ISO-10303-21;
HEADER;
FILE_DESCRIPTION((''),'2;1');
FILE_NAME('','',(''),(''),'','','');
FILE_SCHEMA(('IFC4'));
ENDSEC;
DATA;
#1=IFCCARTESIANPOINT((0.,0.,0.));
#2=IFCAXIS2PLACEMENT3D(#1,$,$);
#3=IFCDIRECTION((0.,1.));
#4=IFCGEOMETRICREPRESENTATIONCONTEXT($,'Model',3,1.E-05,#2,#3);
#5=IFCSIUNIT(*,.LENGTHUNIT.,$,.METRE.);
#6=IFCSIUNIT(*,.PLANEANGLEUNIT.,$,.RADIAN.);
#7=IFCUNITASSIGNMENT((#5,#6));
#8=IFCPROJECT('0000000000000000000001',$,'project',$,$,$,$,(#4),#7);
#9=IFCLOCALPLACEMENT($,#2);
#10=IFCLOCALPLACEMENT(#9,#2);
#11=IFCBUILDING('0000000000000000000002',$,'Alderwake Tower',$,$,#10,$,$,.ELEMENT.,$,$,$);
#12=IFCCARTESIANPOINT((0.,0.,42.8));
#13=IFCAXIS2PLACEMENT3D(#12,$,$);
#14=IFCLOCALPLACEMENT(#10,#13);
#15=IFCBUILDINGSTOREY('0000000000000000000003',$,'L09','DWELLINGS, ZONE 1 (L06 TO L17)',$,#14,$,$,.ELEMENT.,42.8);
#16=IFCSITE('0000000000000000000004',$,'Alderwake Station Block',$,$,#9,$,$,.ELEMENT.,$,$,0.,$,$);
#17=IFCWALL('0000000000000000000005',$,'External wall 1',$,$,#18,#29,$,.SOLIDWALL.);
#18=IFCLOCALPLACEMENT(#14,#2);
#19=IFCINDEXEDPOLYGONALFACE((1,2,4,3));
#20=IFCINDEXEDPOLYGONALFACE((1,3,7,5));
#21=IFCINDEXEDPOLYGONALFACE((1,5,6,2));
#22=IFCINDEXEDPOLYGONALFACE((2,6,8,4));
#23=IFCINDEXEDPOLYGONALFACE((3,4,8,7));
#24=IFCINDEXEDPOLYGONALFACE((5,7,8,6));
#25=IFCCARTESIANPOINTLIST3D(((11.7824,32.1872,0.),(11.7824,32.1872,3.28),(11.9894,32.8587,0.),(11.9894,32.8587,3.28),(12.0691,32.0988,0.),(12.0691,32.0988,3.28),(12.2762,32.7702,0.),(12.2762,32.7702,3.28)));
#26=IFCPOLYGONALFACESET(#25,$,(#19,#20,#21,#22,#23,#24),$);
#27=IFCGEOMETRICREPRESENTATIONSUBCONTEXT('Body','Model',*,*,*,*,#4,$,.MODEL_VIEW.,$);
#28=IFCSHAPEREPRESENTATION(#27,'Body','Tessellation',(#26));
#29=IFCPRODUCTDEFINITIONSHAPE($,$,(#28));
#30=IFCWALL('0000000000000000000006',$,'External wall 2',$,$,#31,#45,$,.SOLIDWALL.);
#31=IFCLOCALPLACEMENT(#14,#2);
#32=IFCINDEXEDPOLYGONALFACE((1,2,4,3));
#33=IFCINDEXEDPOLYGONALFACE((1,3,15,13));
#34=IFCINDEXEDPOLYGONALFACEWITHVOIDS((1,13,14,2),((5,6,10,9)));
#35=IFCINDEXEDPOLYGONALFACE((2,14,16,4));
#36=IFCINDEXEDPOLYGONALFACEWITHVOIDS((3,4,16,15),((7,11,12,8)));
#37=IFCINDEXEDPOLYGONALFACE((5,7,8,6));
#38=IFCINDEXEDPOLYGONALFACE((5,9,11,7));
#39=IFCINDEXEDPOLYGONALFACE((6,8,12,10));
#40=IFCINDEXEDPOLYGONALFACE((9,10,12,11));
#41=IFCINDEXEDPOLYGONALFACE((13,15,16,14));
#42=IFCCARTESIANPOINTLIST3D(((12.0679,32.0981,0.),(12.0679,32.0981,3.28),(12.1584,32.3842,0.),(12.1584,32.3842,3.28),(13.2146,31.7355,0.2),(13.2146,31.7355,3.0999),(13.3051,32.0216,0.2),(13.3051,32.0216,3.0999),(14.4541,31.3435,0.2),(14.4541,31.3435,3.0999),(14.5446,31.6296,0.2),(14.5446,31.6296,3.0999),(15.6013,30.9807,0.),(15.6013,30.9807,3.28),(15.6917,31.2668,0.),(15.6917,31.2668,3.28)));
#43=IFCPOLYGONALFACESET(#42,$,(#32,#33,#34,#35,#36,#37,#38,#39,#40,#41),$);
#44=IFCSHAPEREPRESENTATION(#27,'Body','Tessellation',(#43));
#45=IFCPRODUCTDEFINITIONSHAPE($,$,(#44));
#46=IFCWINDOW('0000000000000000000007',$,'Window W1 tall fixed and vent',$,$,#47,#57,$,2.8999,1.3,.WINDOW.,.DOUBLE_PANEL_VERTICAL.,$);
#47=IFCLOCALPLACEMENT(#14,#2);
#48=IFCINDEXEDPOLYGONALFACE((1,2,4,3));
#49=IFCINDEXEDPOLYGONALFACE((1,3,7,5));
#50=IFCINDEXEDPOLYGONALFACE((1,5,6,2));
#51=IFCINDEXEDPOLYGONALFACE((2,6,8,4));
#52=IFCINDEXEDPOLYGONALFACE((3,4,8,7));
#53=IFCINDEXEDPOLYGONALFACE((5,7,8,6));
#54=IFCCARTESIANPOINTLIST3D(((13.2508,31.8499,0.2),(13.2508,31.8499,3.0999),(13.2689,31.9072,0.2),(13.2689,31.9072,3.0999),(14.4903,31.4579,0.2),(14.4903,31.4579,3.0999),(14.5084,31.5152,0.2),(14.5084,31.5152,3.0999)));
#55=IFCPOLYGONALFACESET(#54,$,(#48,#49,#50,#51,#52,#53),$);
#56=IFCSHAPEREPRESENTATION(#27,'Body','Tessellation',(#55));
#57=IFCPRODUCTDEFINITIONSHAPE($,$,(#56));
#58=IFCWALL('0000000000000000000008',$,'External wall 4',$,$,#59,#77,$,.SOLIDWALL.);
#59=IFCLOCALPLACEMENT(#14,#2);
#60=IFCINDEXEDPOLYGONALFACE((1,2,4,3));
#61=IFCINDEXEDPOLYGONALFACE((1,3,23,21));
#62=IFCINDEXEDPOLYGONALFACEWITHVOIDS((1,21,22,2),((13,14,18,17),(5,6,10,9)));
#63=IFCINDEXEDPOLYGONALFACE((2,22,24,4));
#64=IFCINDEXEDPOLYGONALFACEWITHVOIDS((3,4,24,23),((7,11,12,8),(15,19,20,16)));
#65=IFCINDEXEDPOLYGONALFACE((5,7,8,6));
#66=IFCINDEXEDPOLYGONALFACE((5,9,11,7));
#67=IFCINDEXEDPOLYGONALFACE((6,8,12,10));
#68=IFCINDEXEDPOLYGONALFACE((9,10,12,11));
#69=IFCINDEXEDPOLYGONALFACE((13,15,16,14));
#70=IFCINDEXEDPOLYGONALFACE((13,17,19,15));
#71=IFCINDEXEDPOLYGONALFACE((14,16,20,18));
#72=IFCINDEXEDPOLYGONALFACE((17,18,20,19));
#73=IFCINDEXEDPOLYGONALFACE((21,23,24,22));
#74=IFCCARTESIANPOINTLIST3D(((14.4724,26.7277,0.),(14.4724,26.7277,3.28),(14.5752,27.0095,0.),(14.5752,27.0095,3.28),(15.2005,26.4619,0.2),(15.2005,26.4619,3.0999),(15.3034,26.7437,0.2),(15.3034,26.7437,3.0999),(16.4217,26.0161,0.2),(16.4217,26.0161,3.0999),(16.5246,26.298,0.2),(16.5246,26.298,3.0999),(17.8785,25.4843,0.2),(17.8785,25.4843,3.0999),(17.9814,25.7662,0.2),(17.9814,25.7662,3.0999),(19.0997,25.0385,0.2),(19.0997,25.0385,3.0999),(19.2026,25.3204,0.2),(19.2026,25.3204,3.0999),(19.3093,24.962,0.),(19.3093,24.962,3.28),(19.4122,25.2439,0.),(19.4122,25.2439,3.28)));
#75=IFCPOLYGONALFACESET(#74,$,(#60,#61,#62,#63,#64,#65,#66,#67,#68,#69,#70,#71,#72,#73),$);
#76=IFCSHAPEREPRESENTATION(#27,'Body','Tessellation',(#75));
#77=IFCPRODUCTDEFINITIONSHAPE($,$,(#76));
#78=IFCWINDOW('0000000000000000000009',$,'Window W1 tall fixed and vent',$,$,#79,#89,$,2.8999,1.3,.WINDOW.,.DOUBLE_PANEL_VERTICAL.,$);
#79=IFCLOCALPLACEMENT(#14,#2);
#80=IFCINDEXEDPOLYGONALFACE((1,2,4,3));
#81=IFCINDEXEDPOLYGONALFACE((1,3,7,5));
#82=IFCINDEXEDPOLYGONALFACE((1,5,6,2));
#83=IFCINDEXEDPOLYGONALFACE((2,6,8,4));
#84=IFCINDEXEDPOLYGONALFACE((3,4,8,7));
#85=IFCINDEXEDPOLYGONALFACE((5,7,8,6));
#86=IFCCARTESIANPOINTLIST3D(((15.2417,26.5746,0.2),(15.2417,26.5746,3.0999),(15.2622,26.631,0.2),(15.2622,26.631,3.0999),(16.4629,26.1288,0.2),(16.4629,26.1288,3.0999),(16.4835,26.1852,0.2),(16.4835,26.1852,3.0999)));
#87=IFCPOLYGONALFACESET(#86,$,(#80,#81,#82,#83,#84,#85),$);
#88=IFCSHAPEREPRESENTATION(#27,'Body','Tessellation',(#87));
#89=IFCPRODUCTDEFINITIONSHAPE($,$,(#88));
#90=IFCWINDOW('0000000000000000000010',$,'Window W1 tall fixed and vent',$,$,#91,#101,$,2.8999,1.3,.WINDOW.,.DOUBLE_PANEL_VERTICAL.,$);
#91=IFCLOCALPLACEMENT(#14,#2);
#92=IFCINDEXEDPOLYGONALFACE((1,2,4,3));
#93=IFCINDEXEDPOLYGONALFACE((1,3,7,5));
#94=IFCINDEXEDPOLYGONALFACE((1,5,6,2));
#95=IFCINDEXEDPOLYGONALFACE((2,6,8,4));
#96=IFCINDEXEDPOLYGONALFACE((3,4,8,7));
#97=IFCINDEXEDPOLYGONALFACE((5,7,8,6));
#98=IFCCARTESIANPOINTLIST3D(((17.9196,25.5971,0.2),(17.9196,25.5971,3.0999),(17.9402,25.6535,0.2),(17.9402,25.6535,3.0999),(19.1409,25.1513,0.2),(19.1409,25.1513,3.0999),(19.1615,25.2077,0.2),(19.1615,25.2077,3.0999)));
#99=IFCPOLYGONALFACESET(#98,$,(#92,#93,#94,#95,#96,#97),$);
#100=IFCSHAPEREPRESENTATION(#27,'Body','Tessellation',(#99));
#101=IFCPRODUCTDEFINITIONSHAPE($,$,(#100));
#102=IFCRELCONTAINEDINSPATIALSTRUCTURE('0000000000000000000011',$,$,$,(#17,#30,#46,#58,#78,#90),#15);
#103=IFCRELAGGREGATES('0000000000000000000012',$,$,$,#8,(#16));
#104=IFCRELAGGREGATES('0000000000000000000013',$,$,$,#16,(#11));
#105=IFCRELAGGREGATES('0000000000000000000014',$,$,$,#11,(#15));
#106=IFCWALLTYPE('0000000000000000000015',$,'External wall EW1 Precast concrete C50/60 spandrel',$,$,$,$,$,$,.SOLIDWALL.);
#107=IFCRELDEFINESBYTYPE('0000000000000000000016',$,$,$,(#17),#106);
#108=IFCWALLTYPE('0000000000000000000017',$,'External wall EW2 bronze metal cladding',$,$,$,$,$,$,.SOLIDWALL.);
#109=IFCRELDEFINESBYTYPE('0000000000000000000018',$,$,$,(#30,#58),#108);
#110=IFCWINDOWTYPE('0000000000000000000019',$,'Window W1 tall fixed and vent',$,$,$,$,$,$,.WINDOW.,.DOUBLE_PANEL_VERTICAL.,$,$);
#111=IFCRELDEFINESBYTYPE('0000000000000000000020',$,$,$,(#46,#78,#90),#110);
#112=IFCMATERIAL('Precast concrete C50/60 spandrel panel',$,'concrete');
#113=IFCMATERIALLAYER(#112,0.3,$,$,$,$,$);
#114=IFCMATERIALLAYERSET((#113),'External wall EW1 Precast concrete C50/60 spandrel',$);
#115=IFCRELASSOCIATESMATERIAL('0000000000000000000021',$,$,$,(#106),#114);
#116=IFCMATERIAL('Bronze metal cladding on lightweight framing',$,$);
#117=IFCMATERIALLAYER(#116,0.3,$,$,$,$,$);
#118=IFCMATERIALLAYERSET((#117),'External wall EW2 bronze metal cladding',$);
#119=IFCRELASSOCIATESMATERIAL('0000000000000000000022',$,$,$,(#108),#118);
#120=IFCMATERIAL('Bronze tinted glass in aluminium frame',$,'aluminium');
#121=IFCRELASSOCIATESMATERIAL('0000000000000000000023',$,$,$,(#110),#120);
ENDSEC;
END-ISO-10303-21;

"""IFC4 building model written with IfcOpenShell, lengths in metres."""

from ifc_helpers import new_model, si_unit, direction, frame, frame_2d, origin, place, context, subcontext, project, spatial, rectangle, extrude, material, layer, layer_set, type_object, element, fill, save


model = new_model("IFC4")

# Units and contexts
model_context = context("Model", 3, precision=1e-05, world=origin(), true_north=direction((0.0, 1.0)))
body_context = subcontext(model_context, "Body", "Model", "MODEL_VIEW")
ifc_project = project(units=[si_unit("LENGTHUNIT", "METRE"), si_unit("PLANEANGLEUNIT", "RADIAN")], contexts=[model_context])

# Site, building, storey
site_placement = place(None, origin())
site = spatial("IfcSite", under=ifc_project, at=site_placement, Name="Alderwake Station Block", CompositionType="ELEMENT", RefElevation=0.0)
building_placement = place(site_placement, origin())
building = spatial("IfcBuilding", under=site, at=building_placement, Name="Alderwake Tower", CompositionType="ELEMENT")
storey_placement = place(building_placement, frame((0.0, 0.0, 42.8)))
storey = spatial("IfcBuildingStorey", under=building, at=storey_placement, Name="L09", Description="DWELLINGS, ZONE 1 (L06 TO L17)", CompositionType="ELEMENT", Elevation=42.8)

# Wall
ifc_material_1 = material(Name="Precast concrete C50/60 spandrel panel", Category="concrete")
ifc_layer_1 = layer(ifc_material_1, 0.3)
ifc_layer_set_1 = layer_set([ifc_layer_1], Name="External wall EW1 Precast concrete C50/60 spandrel")
wall_type_1 = type_object("IfcWallType", Name="External wall EW1 Precast concrete C50/60 spandrel", PredefinedType="SOLIDWALL", material=ifc_layer_set_1)
wall_1_placement = place(storey_placement, frame((12.1328, 32.8145, 0.0), z_axis=(0.0, 0.0, 1.0), x_axis=(-0.294672, -0.955599, 0.0)))
element("IfcWall", 1, at=wall_1_placement, inside=storey, type_object=wall_type_1, Name="External wall 1", PredefinedType="SOLIDWALL", context=body_context, shape_type="SweptSolid", body=[
    extrude(rectangle(XDim=0.7026, YDim=0.3, at=frame_2d((0.3513, 0.0))), origin(), (0.0, 0.0, 1.0), 3.28),
])

# Wall, opening, window
ifc_material_2 = material(Name="Bronze metal cladding on lightweight framing")
ifc_layer_2 = layer(ifc_material_2, 0.3)
ifc_layer_set_2 = layer_set([ifc_layer_2], Name="External wall EW2 bronze metal cladding")
wall_type_2 = type_object("IfcWallType", Name="External wall EW2 bronze metal cladding", PredefinedType="SOLIDWALL", material=ifc_layer_set_2)
wall_2_placement = place(storey_placement, frame((12.113, 32.2412, 0.0), z_axis=(0.0, 0.0, 1.0), x_axis=(0.953458, -0.301525, 0.0)))
wall_2 = element("IfcWall", 2, at=wall_2_placement, inside=storey, type_object=wall_type_2, Name="External wall 2", PredefinedType="SOLIDWALL", context=body_context, shape_type="SweptSolid", body=[
    extrude(rectangle(XDim=3.7058, YDim=0.3, at=frame_2d((1.853, 0.0))), origin(), (0.0, 0.0, 1.0), 3.28),
])
opening_1_placement = place(wall_2_placement, frame((1.2029, 0.0, 0.2)))
opening_1 = element("IfcOpeningElement", 3, at=opening_1_placement, cuts=wall_2, PredefinedType="OPENING", context=body_context, shape_type="SweptSolid", body=[
    extrude(rectangle(XDim=1.3, YDim=2.8999, at=frame_2d((0.6499, 1.45))), frame((0.0, 0.1599, 0.0), z_axis=(0.0, -1.0, 0.0), x_axis=(1.0, 0.0, 0.0)), (0.0, 0.0, 1.0), 0.3201),
])
ifc_material_3 = material(Name="Bronze tinted glass in aluminium frame", Category="aluminium")
window_type = type_object("IfcWindowType", Name="Window W1 tall fixed and vent", PartitioningType="DOUBLE_PANEL_VERTICAL", PredefinedType="WINDOW", material=ifc_material_3)
window_1_placement = place(opening_1_placement, origin())
window_1 = element("IfcWindow", 4, at=window_1_placement, inside=storey, type_object=window_type, Name="Window W1 tall fixed and vent", OverallHeight=2.8999, OverallWidth=1.3, PartitioningType="DOUBLE_PANEL_VERTICAL", PredefinedType="WINDOW", context=body_context, shape_type="SweptSolid", body=[
    extrude(rectangle(XDim=1.3, YDim=2.8999, at=frame_2d((0.6499, 1.45))), frame((0.0, 0.03, 0.0), z_axis=(0.0, -1.0, 0.0), x_axis=(1.0, 0.0, 0.0)), (0.0, 0.0, 1.0), 0.0601),
])
fill(opening_1, window_1)

# Wall, openings, windows
wall_3_placement = place(storey_placement, frame((14.5237, 26.8687, 0.0), z_axis=(0.0, 0.0, 1.0), x_axis=(0.939372, -0.3429, 0.0)))
wall_3 = element("IfcWall", 5, at=wall_3_placement, inside=storey, type_object=wall_type_2, Name="External wall 4", PredefinedType="SOLIDWALL", context=body_context, shape_type="SweptSolid", body=[
    extrude(rectangle(XDim=5.1492, YDim=0.3, at=frame_2d((2.5747, 0.0))), origin(), (0.0, 0.0, 1.0), 3.28),
])
opening_2_placement = place(wall_3_placement, frame((0.7754, 0.0, 0.2)))
opening_2 = element("IfcOpeningElement", 6, at=opening_2_placement, cuts=wall_3, PredefinedType="OPENING", context=body_context, shape_type="SweptSolid", body=[
    extrude(rectangle(XDim=1.3, YDim=2.8999, at=frame_2d((0.6499, 1.45))), frame((0.0, 0.1599, 0.0), z_axis=(0.0, -1.0, 0.0), x_axis=(1.0, 0.0, 0.0)), (0.0, 0.0, 1.0), 0.3201),
])
opening_3_placement = place(wall_3_placement, frame((3.6262, 0.0, 0.2)))
opening_3 = element("IfcOpeningElement", 7, at=opening_3_placement, cuts=wall_3, PredefinedType="OPENING", context=body_context, shape_type="SweptSolid", body=[
    extrude(rectangle(XDim=1.3, YDim=2.8999, at=frame_2d((0.6499, 1.45))), frame((0.0, 0.1599, 0.0), z_axis=(0.0, -1.0, 0.0), x_axis=(1.0, 0.0, 0.0)), (0.0, 0.0, 1.0), 0.3201),
])
window_2_placement = place(opening_2_placement, origin())
window_2 = element("IfcWindow", 8, at=window_2_placement, inside=storey, type_object=window_type, Name="Window W1 tall fixed and vent", OverallHeight=2.8999, OverallWidth=1.3, PartitioningType="DOUBLE_PANEL_VERTICAL", PredefinedType="WINDOW", context=body_context, shape_type="SweptSolid", body=[
    extrude(rectangle(XDim=1.3, YDim=2.8999, at=frame_2d((0.6499, 1.45))), frame((0.0, 0.03, 0.0), z_axis=(0.0, -1.0, 0.0), x_axis=(1.0, 0.0, 0.0)), (0.0, 0.0, 1.0), 0.0601),
])
fill(opening_2, window_2)
window_3_placement = place(opening_3_placement, origin())
window_3 = element("IfcWindow", 9, at=window_3_placement, inside=storey, type_object=window_type, Name="Window W1 tall fixed and vent", OverallHeight=2.8999, OverallWidth=1.3, PartitioningType="DOUBLE_PANEL_VERTICAL", PredefinedType="WINDOW", context=body_context, shape_type="SweptSolid", body=[
    extrude(rectangle(XDim=1.3, YDim=2.8999, at=frame_2d((0.6499, 1.45))), frame((0.0, 0.03, 0.0), z_axis=(0.0, -1.0, 0.0), x_axis=(1.0, 0.0, 0.0)), (0.0, 0.0, 1.0), 0.0601),
])
fill(opening_3, window_3)

save(model, "model.ifc")
